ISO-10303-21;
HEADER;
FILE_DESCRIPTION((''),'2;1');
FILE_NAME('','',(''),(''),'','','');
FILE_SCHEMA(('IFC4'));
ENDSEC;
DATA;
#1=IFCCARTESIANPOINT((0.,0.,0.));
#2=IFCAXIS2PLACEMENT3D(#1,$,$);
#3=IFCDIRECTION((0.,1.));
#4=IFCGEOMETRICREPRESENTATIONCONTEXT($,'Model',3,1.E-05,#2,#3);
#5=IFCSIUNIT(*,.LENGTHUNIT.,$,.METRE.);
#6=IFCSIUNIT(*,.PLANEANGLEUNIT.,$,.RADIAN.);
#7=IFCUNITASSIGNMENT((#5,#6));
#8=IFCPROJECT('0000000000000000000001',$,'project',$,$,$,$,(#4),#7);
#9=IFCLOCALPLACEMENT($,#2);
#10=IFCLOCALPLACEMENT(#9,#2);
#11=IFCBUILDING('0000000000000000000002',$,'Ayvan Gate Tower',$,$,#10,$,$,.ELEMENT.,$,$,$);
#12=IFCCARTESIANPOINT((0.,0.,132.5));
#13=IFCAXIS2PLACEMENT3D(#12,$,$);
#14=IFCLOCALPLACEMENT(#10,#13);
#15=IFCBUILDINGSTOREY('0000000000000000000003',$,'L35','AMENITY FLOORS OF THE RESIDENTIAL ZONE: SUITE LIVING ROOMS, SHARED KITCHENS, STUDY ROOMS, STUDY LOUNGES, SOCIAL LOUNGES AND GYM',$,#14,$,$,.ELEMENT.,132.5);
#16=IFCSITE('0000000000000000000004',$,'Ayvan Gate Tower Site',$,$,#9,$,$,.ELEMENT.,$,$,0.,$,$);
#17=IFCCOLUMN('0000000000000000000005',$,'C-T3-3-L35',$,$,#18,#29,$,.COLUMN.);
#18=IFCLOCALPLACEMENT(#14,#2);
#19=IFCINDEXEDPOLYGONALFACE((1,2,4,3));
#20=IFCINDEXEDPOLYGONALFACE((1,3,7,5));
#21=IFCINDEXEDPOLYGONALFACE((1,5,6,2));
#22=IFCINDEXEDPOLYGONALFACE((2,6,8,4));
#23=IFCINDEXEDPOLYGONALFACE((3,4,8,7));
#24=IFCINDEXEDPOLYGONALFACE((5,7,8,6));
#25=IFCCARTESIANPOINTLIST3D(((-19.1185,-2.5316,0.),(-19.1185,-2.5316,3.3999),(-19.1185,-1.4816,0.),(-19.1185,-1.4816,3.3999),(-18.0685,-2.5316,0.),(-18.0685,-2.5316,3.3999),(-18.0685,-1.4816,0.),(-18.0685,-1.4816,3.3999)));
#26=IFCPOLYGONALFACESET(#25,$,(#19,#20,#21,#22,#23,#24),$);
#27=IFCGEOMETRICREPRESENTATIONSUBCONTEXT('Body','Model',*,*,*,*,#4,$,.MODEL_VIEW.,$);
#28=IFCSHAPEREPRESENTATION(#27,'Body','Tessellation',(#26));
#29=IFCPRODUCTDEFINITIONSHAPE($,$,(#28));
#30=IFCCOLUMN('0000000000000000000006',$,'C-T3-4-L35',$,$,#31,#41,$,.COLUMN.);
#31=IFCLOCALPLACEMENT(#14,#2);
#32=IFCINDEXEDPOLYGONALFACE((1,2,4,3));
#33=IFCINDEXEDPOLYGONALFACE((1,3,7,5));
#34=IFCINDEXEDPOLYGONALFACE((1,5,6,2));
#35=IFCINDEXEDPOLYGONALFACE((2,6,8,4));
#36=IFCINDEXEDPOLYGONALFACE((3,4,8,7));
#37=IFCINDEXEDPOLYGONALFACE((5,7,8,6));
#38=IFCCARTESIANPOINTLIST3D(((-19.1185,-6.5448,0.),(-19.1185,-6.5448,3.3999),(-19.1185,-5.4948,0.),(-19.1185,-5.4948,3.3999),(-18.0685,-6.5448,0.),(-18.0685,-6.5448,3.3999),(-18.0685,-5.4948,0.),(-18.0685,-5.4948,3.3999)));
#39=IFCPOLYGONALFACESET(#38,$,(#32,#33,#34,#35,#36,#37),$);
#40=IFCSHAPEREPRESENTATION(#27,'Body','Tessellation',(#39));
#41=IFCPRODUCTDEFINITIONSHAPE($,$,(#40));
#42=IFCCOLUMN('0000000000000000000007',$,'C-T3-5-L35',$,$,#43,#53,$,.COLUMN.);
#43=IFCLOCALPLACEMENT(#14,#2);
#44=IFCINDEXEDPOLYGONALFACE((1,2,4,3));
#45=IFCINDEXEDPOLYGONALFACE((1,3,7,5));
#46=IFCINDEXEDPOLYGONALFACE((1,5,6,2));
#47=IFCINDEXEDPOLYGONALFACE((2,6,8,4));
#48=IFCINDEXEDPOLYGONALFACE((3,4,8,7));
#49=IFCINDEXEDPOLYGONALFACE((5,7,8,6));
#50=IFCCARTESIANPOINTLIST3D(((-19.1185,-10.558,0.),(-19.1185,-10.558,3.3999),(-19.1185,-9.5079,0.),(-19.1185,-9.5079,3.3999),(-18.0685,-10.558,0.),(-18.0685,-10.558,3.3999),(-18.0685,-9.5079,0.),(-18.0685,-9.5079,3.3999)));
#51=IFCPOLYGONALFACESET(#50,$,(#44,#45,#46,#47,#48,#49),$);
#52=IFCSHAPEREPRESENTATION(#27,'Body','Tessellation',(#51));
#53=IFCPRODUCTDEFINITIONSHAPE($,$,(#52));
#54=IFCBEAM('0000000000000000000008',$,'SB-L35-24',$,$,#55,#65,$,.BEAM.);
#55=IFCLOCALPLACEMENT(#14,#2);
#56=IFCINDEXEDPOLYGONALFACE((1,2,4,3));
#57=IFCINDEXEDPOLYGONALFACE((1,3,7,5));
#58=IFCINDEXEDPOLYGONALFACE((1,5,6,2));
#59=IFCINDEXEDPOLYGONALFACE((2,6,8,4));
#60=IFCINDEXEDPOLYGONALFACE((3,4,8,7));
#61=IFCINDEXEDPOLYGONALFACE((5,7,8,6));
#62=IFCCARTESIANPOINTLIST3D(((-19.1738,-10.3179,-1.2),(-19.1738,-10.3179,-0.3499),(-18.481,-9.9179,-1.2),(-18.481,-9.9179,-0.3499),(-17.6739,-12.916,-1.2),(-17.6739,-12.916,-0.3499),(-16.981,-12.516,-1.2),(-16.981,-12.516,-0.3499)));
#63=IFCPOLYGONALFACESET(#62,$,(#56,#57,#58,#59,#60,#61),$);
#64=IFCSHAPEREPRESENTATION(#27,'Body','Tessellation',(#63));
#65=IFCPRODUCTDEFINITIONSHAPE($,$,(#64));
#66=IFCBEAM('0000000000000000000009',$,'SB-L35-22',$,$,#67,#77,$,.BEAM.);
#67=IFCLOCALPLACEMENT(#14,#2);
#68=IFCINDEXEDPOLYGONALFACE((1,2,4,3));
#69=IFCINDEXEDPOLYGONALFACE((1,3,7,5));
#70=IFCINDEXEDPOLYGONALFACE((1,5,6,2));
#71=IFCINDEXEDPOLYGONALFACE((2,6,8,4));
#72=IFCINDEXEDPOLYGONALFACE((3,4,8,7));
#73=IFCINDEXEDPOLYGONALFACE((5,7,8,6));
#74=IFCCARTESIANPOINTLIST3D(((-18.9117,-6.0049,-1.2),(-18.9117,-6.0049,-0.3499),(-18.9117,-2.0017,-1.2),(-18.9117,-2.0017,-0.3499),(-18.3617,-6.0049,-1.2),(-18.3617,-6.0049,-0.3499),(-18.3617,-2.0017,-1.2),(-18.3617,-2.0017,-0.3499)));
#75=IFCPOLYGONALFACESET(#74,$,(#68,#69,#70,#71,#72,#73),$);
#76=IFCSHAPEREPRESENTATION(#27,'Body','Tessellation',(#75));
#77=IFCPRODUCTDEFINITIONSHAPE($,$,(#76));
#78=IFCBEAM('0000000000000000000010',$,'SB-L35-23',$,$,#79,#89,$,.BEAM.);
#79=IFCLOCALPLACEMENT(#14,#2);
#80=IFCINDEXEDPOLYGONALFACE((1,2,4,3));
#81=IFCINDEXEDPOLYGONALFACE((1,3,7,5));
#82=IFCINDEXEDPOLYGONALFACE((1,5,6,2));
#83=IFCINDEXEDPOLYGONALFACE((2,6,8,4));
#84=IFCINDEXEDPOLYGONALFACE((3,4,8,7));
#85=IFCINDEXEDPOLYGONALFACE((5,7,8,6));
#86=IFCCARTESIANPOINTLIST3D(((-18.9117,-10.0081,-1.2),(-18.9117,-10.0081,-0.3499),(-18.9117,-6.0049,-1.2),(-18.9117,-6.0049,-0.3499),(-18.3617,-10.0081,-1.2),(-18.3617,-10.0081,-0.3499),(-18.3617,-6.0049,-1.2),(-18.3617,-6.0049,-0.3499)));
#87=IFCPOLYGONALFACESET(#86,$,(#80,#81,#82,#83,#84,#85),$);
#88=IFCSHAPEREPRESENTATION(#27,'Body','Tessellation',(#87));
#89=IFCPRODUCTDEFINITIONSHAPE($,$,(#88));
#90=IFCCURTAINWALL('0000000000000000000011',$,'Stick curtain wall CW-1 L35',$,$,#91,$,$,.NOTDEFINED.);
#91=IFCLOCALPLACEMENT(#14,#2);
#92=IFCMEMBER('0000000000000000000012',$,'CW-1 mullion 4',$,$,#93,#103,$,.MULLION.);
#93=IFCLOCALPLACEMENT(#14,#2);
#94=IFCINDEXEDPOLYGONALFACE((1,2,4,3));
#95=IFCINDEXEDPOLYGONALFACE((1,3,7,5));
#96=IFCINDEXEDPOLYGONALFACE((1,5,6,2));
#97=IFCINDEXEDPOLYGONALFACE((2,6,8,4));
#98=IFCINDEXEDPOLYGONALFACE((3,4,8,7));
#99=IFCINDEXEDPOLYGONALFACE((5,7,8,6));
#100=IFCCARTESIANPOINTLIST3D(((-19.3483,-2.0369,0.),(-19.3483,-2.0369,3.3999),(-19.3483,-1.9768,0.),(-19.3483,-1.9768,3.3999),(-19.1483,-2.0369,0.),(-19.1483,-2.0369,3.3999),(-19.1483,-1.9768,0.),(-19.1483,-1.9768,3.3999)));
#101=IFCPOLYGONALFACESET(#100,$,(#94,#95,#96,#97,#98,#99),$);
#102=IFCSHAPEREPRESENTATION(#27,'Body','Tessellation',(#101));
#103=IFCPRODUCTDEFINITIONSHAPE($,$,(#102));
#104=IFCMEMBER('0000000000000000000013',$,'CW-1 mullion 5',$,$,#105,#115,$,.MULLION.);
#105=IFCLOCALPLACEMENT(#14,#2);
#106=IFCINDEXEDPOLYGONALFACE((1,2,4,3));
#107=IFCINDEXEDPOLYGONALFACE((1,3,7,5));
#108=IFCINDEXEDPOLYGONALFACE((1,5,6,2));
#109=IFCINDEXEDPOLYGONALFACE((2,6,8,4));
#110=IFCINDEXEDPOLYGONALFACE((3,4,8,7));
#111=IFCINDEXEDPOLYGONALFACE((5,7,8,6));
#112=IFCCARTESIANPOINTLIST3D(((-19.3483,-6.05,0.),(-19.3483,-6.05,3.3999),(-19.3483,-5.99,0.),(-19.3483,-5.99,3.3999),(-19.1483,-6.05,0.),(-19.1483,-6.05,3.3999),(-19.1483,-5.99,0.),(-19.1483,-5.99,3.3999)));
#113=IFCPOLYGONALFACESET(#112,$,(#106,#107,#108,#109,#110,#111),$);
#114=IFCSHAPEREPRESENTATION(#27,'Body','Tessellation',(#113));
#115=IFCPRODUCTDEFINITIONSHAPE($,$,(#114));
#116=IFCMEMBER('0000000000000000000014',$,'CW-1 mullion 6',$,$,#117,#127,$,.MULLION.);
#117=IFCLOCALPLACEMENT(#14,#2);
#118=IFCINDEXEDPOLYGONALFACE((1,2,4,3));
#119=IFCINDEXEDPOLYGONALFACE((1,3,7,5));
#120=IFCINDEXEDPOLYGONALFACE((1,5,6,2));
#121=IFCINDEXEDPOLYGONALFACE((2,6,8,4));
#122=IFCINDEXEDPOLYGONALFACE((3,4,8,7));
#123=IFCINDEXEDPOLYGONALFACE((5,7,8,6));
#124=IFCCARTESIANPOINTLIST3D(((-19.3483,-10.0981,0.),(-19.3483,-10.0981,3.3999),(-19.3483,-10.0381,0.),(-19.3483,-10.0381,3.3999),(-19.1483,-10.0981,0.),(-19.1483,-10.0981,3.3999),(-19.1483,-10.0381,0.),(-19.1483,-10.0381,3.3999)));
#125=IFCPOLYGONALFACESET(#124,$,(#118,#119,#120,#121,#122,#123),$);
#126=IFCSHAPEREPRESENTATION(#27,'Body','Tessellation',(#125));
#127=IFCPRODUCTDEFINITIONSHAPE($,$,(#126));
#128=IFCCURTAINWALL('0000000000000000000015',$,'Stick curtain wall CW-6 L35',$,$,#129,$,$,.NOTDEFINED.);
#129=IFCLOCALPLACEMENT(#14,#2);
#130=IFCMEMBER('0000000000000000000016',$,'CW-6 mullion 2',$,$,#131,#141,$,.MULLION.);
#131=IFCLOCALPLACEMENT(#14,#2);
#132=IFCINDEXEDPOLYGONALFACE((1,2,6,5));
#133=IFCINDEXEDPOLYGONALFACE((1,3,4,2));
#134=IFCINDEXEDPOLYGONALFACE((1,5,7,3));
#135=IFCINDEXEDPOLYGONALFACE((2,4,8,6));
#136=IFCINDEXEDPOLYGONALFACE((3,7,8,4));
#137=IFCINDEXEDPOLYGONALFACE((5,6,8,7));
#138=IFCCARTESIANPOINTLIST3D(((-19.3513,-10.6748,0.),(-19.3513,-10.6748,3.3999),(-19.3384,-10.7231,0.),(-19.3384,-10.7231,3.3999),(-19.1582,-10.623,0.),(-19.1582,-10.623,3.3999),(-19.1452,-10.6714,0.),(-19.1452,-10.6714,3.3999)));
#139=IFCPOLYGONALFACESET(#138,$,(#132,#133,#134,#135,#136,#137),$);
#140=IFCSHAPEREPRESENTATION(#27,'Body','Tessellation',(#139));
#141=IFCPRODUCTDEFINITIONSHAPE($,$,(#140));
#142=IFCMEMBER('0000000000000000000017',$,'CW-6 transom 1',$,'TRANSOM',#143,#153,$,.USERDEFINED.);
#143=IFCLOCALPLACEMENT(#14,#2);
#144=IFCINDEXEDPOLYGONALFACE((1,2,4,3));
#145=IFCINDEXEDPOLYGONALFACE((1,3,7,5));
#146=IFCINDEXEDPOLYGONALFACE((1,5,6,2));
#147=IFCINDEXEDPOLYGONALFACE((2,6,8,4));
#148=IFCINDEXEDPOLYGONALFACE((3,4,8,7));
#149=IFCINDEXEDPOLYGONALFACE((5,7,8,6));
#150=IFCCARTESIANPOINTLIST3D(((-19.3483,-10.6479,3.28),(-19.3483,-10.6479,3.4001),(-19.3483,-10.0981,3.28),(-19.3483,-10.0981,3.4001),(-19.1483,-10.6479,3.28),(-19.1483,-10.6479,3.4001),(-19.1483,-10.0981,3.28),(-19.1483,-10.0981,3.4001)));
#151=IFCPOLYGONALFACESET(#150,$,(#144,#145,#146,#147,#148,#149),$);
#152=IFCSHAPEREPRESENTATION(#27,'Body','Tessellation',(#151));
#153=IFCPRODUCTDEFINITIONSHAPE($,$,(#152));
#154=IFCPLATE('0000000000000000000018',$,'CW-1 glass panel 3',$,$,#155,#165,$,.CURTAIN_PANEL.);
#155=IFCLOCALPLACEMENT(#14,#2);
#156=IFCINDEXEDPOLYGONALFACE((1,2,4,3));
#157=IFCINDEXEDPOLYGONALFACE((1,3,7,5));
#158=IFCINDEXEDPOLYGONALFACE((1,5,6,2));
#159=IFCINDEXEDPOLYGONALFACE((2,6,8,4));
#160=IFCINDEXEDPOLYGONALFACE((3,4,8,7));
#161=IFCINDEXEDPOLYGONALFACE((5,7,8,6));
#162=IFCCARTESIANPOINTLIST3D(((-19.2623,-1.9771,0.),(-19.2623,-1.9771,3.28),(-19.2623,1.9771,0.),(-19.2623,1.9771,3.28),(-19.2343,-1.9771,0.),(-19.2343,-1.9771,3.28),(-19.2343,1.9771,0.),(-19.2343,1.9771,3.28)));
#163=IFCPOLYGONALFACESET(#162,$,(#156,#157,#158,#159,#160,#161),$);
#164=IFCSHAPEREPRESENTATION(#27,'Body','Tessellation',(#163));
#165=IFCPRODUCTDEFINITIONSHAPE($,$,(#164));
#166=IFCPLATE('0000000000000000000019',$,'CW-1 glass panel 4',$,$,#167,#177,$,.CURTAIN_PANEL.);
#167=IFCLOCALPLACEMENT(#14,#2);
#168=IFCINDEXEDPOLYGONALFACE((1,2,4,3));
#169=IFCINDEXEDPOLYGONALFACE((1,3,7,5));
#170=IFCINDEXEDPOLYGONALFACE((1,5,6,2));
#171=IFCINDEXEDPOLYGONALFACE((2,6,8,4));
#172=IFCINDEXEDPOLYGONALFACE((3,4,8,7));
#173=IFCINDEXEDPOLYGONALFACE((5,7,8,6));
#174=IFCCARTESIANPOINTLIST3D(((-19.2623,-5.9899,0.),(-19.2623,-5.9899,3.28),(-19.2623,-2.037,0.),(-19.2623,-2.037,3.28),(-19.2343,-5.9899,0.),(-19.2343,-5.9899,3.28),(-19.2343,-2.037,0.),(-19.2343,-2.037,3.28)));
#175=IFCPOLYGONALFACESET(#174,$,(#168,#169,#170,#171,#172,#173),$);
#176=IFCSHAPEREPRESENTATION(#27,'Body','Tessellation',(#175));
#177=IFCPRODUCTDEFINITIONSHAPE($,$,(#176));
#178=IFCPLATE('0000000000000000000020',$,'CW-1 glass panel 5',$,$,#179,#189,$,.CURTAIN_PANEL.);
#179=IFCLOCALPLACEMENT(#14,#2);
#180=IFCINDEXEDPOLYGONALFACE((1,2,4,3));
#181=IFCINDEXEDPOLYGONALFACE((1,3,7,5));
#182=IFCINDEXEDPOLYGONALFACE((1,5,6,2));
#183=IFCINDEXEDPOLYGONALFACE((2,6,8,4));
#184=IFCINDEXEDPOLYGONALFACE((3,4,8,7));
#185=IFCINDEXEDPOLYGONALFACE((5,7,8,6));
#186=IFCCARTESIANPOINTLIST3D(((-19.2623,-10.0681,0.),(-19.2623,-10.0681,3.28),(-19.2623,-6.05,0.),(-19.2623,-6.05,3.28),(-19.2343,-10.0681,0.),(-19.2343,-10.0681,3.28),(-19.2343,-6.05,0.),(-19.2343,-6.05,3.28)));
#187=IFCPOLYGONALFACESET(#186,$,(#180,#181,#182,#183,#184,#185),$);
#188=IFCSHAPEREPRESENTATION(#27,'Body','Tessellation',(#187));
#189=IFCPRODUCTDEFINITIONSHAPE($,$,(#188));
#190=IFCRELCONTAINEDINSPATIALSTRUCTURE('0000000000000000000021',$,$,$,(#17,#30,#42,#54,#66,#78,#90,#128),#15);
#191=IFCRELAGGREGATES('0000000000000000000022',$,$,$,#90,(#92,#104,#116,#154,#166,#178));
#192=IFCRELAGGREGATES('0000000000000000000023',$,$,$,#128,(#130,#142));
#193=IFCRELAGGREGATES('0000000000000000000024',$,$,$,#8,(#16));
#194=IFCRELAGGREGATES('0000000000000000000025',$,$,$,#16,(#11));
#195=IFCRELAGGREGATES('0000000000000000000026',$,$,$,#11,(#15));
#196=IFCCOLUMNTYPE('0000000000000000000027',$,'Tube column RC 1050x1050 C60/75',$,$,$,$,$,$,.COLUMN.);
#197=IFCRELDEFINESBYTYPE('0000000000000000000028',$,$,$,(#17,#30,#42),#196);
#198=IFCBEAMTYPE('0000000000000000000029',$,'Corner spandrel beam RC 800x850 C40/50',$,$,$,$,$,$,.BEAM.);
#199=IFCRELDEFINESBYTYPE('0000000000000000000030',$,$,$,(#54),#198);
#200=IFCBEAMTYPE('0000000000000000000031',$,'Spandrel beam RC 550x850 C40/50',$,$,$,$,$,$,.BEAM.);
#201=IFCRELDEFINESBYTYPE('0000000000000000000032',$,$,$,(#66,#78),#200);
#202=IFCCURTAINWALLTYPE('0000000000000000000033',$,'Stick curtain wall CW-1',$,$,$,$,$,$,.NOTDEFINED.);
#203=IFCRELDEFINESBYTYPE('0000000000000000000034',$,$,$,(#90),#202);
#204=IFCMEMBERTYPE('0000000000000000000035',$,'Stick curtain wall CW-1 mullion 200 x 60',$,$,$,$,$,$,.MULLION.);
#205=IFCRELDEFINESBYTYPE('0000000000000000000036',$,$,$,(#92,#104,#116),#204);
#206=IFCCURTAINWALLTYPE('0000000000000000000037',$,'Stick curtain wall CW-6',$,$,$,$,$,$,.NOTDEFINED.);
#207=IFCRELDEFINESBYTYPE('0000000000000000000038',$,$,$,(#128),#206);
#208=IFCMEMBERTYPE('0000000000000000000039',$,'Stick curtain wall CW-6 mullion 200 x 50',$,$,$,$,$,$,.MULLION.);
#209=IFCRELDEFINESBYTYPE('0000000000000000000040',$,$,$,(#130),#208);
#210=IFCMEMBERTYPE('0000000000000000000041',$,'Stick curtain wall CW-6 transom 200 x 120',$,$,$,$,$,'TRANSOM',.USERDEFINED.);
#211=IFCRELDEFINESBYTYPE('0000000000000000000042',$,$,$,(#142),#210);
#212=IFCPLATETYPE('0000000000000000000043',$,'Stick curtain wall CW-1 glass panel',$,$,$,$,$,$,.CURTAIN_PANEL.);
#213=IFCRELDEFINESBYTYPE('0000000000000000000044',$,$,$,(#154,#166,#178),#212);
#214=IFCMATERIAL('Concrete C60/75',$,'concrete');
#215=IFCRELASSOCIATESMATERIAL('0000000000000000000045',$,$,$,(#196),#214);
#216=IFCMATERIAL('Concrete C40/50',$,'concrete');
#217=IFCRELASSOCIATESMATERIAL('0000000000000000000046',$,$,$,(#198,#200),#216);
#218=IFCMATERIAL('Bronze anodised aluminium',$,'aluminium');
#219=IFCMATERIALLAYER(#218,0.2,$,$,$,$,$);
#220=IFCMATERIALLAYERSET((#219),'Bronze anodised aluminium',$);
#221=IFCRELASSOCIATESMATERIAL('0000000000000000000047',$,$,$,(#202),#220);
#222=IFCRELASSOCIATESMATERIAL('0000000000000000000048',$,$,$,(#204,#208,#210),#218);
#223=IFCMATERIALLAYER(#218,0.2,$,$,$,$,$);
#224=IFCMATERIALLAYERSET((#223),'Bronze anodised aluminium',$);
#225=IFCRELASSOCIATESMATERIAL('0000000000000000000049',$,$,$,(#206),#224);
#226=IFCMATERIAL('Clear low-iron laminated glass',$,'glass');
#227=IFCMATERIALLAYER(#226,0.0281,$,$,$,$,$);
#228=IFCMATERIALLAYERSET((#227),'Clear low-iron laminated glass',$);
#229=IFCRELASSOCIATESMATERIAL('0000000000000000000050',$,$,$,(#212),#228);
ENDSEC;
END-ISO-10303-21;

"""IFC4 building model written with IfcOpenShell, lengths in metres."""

from ifc_helpers import new_model, si_unit, direction, frame, origin, origin_2d, place, context, subcontext, project, spatial, rectangle, extrude, material, layer, layer_set, material_profile, profile_set, type_object, element, aggregate, save


model = new_model("IFC4")

# Units and contexts
model_context = context("Model", 3, precision=1e-05, world=origin(), true_north=direction((0.0, 1.0)))
body_context = subcontext(model_context, "Body", "Model", "MODEL_VIEW")
ifc_project = project(units=[si_unit("LENGTHUNIT", "METRE"), si_unit("PLANEANGLEUNIT", "RADIAN")], contexts=[model_context])

# Site, building, storey
site_placement = place(None, origin())
site = spatial("IfcSite", under=ifc_project, at=site_placement, Name="Ayvan Gate Tower Site", CompositionType="ELEMENT", RefElevation=0.0)
building_placement = place(site_placement, origin())
building = spatial("IfcBuilding", under=site, at=building_placement, Name="Ayvan Gate Tower", CompositionType="ELEMENT")
storey_placement = place(building_placement, frame((0.0, 0.0, 132.5)))
storey = spatial("IfcBuildingStorey", under=building, at=storey_placement, Name="L35", Description="AMENITY FLOORS OF THE RESIDENTIAL ZONE: SUITE LIVING ROOMS, SHARED KITCHENS, STUDY ROOMS, STUDY LOUNGES, SOCIAL LOUNGES AND GYM", CompositionType="ELEMENT", Elevation=132.5)

# Columns
ifc_material_1 = material(Name="Concrete C60/75", Category="concrete")
ifc_material_profile_1 = material_profile(ifc_material_1, rectangle(XDim=1.05, YDim=1.05, at=origin_2d()), Name="RC 1050x1050")
ifc_profile_set_1 = profile_set([ifc_material_profile_1], Name="Concrete C60/75")
column_type = type_object("IfcColumnType", Name="Tube column RC 1050x1050 C60/75", PredefinedType="COLUMN", material=ifc_profile_set_1)
for number, where, z_axis, x_axis, name in (
    (1, (-18.5935, -2.0066, 0.0), (0.0, 0.0, 1.0), (-1.0, 0.0, 0.0), "C-T3-3-L35"),
    (2, (-18.5935, -6.0198, 0.0), (0.0, 0.0, 1.0), (-1.0, 0.0, 0.0), "C-T3-4-L35"),
    (3, (-18.5935, -10.033, 0.0), (0.0, 0.0, 1.0), (-1.0, 0.0, 0.0), "C-T3-5-L35"),
):
    element("IfcColumn", number, at=place(storey_placement, frame(where, z_axis=z_axis, x_axis=x_axis)), inside=storey, type_object=column_type, Name=name, PredefinedType="COLUMN", context=body_context, shape_type="SweptSolid", body=[
        extrude(rectangle(XDim=1.05, YDim=1.05, at=origin_2d()), origin(), (0.0, 0.0, 1.0), 3.3999),
    ])

# Beams
ifc_material_2 = material(Name="Concrete C40/50", Category="concrete")
ifc_material_profile_2 = material_profile(ifc_material_2, rectangle(XDim=0.8, YDim=0.8501, at=origin_2d()), Name="RC 800x850")
ifc_profile_set_2 = profile_set([ifc_material_profile_2], Name="Concrete C40/50")
beam_type_1 = type_object("IfcBeamType", Name="Corner spandrel beam RC 800x850 C40/50", PredefinedType="BEAM", material=ifc_profile_set_2)
beam_placement = place(storey_placement, frame((-18.8274, -10.1179, -0.7749), z_axis=(0.49999, -0.866031, 0.0), x_axis=(0.866031, 0.49999, 0.0)))
element("IfcBeam", 4, at=beam_placement, inside=storey, type_object=beam_type_1, Name="SB-L35-24", PredefinedType="BEAM", context=body_context, shape_type="SweptSolid", body=[
    extrude(rectangle(XDim=0.8, YDim=0.8501, at=origin_2d()), origin(), (0.0, 0.0, 1.0), 3.0),
])
ifc_material_profile_3 = material_profile(ifc_material_2, rectangle(XDim=0.55, YDim=0.8501, at=origin_2d()), Name="RC 550x850")
ifc_profile_set_3 = profile_set([ifc_material_profile_3], Name="Concrete C40/50")
beam_type_2 = type_object("IfcBeamType", Name="Spandrel beam RC 550x850 C40/50", PredefinedType="BEAM", material=ifc_profile_set_3)
for number, where, z_axis, x_axis, name in (
    (5, (-18.6367, -2.0017, -0.7749), (0.0, -1.0, 0.0), (1.0, 0.0, 0.0), "SB-L35-22"),
    (6, (-18.6367, -6.0049, -0.7749), (0.0, -1.0, 0.0), (1.0, 0.0, 0.0), "SB-L35-23"),
):
    element("IfcBeam", number, at=place(storey_placement, frame(where, z_axis=z_axis, x_axis=x_axis)), inside=storey, type_object=beam_type_2, Name=name, PredefinedType="BEAM", context=body_context, shape_type="SweptSolid", body=[
        extrude(rectangle(XDim=0.55, YDim=0.8501, at=origin_2d()), origin(), (0.0, 0.0, 1.0), 4.0032),
    ])

# Curtain walls, members
ifc_material_3 = material(Name="Bronze anodised aluminium", Category="aluminium")
ifc_layer_1 = layer(ifc_material_3, 0.2)
ifc_layer_set_1 = layer_set([ifc_layer_1], Name="Bronze anodised aluminium")
curtain_wall_type_1 = type_object("IfcCurtainWallType", Name="Stick curtain wall CW-1", PredefinedType="NOTDEFINED", material=ifc_layer_set_1)
curtain_wall_1_placement = place(storey_placement, origin())
curtain_wall_1 = element("IfcCurtainWall", 7, at=curtain_wall_1_placement, inside=storey, type_object=curtain_wall_type_1, Name="Stick curtain wall CW-1 L35", PredefinedType="NOTDEFINED")
ifc_material_profile_4 = material_profile(ifc_material_3, rectangle(XDim=0.2, YDim=0.0601, at=origin_2d()), Name="Stick curtain wall CW-1 mullion 200 x 60")
ifc_profile_set_4 = profile_set([ifc_material_profile_4], Name="Bronze anodised aluminium")
member_type_1 = type_object("IfcMemberType", Name="Stick curtain wall CW-1 mullion 200 x 60", PredefinedType="MULLION", material=ifc_profile_set_4)
member_1_placement = place(storey_placement, frame((-19.2483, -2.0068, 0.0), z_axis=(0.0, 0.0, 1.0), x_axis=(-1.0, 0.0, 0.0)))
member_1 = element("IfcMember", 8, at=member_1_placement, type_object=member_type_1, Name="CW-1 mullion 4", PredefinedType="MULLION", context=body_context, shape_type="SweptSolid", body=[
    extrude(rectangle(XDim=0.2, YDim=0.0601, at=origin_2d()), origin(), (0.0, 0.0, 1.0), 3.3999),
])
member_2_placement = place(storey_placement, frame((-19.2483, -6.02, 0.0), z_axis=(0.0, 0.0, 1.0), x_axis=(-1.0, 0.0, 0.0)))
member_2 = element("IfcMember", 9, at=member_2_placement, type_object=member_type_1, Name="CW-1 mullion 5", PredefinedType="MULLION", context=body_context, shape_type="SweptSolid", body=[
    extrude(rectangle(XDim=0.2, YDim=0.0601, at=origin_2d()), origin(), (0.0, 0.0, 1.0), 3.3999),
])
member_3_placement = place(storey_placement, frame((-19.2483, -10.0681, 0.0), z_axis=(0.0, 0.0, 1.0), x_axis=(-1.0, 0.0, 0.0)))
member_3 = element("IfcMember", 10, at=member_3_placement, type_object=member_type_1, Name="CW-1 mullion 6", PredefinedType="MULLION", context=body_context, shape_type="SweptSolid", body=[
    extrude(rectangle(XDim=0.2, YDim=0.0601, at=origin_2d()), origin(), (0.0, 0.0, 1.0), 3.3999),
])
ifc_layer_2 = layer(ifc_material_3, 0.2)
ifc_layer_set_2 = layer_set([ifc_layer_2], Name="Bronze anodised aluminium")
curtain_wall_type_2 = type_object("IfcCurtainWallType", Name="Stick curtain wall CW-6", PredefinedType="NOTDEFINED", material=ifc_layer_set_2)
curtain_wall_2_placement = place(storey_placement, origin())
curtain_wall_2 = element("IfcCurtainWall", 11, at=curtain_wall_2_placement, inside=storey, type_object=curtain_wall_type_2, Name="Stick curtain wall CW-6 L35", PredefinedType="NOTDEFINED")
ifc_material_profile_5 = material_profile(ifc_material_3, rectangle(XDim=0.2, YDim=0.05, at=origin_2d()), Name="Stick curtain wall CW-6 mullion 200 x 50")
ifc_profile_set_5 = profile_set([ifc_material_profile_5], Name="Bronze anodised aluminium")
member_type_2 = type_object("IfcMemberType", Name="Stick curtain wall CW-6 mullion 200 x 50", PredefinedType="MULLION", material=ifc_profile_set_5)
member_4_placement = place(storey_placement, frame((-19.2483, -10.6731, 0.0), z_axis=(0.0, 0.0, 1.0), x_axis=(-0.965926, -0.258819, 0.0)))
member_4 = element("IfcMember", 12, at=member_4_placement, type_object=member_type_2, Name="CW-6 mullion 2", PredefinedType="MULLION", context=body_context, shape_type="SweptSolid", body=[
    extrude(rectangle(XDim=0.2, YDim=0.05, at=origin_2d()), origin(), (0.0, 0.0, 1.0), 3.3999),
])
ifc_material_profile_6 = material_profile(ifc_material_3, rectangle(XDim=0.2, YDim=0.1201, at=origin_2d()), Name="Stick curtain wall CW-6 transom 200 x 120")
ifc_profile_set_6 = profile_set([ifc_material_profile_6], Name="Bronze anodised aluminium")
member_type_3 = type_object("IfcMemberType", Name="Stick curtain wall CW-6 transom 200 x 120", ElementType="TRANSOM", PredefinedType="USERDEFINED", material=ifc_profile_set_6)
member_5_placement = place(storey_placement, frame((-19.2483, -10.0981, 3.3401), z_axis=(0.0, -1.0, 0.0), x_axis=(1.0, 0.0, 0.0)))
member_5 = element("IfcMember", 13, at=member_5_placement, type_object=member_type_3, Name="CW-6 transom 1", ObjectType="TRANSOM", PredefinedType="USERDEFINED", context=body_context, shape_type="SweptSolid", body=[
    extrude(rectangle(XDim=0.2, YDim=0.1201, at=origin_2d()), origin(), (0.0, 0.0, 1.0), 0.5498),
])

# Plates
ifc_material_4 = material(Name="Clear low-iron laminated glass", Category="glass")
ifc_layer_3 = layer(ifc_material_4, 0.0281)
ifc_layer_set_3 = layer_set([ifc_layer_3], Name="Clear low-iron laminated glass")
plate_type_1 = type_object("IfcPlateType", Name="Stick curtain wall CW-1 glass panel", PredefinedType="CURTAIN_PANEL", material=ifc_layer_set_3)
plate_1_placement = place(storey_placement, frame((-19.2483, 0.0, 0.0), z_axis=(0.0, 0.0, 1.0), x_axis=(0.0, -1.0, 0.0)))
plate_1 = element("IfcPlate", 14, at=plate_1_placement, type_object=plate_type_1, Name="CW-1 glass panel 3", PredefinedType="CURTAIN_PANEL", context=body_context, shape_type="SweptSolid", body=[
    extrude(rectangle(XDim=3.9541, YDim=0.0281, at=origin_2d()), origin(), (0.0, 0.0, 1.0), 3.28),
])
plate_2_placement = place(storey_placement, frame((-19.2483, -4.0134, 0.0), z_axis=(0.0, 0.0, 1.0), x_axis=(0.0, -1.0, 0.0)))
plate_2 = element("IfcPlate", 15, at=plate_2_placement, type_object=plate_type_1, Name="CW-1 glass panel 4", PredefinedType="CURTAIN_PANEL", context=body_context, shape_type="SweptSolid", body=[
    extrude(rectangle(XDim=3.9529, YDim=0.0281, at=origin_2d()), origin(), (0.0, 0.0, 1.0), 3.28),
])
plate_3_placement = place(storey_placement, frame((-19.2483, -8.0591, 0.0), z_axis=(0.0, 0.0, 1.0), x_axis=(0.0, -1.0, 0.0)))
plate_3 = element("IfcPlate", 16, at=plate_3_placement, type_object=plate_type_1, Name="CW-1 glass panel 5", PredefinedType="CURTAIN_PANEL", context=body_context, shape_type="SweptSolid", body=[
    extrude(rectangle(XDim=4.0181, YDim=0.0281, at=origin_2d()), origin(), (0.0, 0.0, 1.0), 3.28),
])
aggregate(curtain_wall_1, [member_1, member_2, member_3, plate_1, plate_2, plate_3])
aggregate(curtain_wall_2, [member_4, member_5])

save(model, "model.ifc")
